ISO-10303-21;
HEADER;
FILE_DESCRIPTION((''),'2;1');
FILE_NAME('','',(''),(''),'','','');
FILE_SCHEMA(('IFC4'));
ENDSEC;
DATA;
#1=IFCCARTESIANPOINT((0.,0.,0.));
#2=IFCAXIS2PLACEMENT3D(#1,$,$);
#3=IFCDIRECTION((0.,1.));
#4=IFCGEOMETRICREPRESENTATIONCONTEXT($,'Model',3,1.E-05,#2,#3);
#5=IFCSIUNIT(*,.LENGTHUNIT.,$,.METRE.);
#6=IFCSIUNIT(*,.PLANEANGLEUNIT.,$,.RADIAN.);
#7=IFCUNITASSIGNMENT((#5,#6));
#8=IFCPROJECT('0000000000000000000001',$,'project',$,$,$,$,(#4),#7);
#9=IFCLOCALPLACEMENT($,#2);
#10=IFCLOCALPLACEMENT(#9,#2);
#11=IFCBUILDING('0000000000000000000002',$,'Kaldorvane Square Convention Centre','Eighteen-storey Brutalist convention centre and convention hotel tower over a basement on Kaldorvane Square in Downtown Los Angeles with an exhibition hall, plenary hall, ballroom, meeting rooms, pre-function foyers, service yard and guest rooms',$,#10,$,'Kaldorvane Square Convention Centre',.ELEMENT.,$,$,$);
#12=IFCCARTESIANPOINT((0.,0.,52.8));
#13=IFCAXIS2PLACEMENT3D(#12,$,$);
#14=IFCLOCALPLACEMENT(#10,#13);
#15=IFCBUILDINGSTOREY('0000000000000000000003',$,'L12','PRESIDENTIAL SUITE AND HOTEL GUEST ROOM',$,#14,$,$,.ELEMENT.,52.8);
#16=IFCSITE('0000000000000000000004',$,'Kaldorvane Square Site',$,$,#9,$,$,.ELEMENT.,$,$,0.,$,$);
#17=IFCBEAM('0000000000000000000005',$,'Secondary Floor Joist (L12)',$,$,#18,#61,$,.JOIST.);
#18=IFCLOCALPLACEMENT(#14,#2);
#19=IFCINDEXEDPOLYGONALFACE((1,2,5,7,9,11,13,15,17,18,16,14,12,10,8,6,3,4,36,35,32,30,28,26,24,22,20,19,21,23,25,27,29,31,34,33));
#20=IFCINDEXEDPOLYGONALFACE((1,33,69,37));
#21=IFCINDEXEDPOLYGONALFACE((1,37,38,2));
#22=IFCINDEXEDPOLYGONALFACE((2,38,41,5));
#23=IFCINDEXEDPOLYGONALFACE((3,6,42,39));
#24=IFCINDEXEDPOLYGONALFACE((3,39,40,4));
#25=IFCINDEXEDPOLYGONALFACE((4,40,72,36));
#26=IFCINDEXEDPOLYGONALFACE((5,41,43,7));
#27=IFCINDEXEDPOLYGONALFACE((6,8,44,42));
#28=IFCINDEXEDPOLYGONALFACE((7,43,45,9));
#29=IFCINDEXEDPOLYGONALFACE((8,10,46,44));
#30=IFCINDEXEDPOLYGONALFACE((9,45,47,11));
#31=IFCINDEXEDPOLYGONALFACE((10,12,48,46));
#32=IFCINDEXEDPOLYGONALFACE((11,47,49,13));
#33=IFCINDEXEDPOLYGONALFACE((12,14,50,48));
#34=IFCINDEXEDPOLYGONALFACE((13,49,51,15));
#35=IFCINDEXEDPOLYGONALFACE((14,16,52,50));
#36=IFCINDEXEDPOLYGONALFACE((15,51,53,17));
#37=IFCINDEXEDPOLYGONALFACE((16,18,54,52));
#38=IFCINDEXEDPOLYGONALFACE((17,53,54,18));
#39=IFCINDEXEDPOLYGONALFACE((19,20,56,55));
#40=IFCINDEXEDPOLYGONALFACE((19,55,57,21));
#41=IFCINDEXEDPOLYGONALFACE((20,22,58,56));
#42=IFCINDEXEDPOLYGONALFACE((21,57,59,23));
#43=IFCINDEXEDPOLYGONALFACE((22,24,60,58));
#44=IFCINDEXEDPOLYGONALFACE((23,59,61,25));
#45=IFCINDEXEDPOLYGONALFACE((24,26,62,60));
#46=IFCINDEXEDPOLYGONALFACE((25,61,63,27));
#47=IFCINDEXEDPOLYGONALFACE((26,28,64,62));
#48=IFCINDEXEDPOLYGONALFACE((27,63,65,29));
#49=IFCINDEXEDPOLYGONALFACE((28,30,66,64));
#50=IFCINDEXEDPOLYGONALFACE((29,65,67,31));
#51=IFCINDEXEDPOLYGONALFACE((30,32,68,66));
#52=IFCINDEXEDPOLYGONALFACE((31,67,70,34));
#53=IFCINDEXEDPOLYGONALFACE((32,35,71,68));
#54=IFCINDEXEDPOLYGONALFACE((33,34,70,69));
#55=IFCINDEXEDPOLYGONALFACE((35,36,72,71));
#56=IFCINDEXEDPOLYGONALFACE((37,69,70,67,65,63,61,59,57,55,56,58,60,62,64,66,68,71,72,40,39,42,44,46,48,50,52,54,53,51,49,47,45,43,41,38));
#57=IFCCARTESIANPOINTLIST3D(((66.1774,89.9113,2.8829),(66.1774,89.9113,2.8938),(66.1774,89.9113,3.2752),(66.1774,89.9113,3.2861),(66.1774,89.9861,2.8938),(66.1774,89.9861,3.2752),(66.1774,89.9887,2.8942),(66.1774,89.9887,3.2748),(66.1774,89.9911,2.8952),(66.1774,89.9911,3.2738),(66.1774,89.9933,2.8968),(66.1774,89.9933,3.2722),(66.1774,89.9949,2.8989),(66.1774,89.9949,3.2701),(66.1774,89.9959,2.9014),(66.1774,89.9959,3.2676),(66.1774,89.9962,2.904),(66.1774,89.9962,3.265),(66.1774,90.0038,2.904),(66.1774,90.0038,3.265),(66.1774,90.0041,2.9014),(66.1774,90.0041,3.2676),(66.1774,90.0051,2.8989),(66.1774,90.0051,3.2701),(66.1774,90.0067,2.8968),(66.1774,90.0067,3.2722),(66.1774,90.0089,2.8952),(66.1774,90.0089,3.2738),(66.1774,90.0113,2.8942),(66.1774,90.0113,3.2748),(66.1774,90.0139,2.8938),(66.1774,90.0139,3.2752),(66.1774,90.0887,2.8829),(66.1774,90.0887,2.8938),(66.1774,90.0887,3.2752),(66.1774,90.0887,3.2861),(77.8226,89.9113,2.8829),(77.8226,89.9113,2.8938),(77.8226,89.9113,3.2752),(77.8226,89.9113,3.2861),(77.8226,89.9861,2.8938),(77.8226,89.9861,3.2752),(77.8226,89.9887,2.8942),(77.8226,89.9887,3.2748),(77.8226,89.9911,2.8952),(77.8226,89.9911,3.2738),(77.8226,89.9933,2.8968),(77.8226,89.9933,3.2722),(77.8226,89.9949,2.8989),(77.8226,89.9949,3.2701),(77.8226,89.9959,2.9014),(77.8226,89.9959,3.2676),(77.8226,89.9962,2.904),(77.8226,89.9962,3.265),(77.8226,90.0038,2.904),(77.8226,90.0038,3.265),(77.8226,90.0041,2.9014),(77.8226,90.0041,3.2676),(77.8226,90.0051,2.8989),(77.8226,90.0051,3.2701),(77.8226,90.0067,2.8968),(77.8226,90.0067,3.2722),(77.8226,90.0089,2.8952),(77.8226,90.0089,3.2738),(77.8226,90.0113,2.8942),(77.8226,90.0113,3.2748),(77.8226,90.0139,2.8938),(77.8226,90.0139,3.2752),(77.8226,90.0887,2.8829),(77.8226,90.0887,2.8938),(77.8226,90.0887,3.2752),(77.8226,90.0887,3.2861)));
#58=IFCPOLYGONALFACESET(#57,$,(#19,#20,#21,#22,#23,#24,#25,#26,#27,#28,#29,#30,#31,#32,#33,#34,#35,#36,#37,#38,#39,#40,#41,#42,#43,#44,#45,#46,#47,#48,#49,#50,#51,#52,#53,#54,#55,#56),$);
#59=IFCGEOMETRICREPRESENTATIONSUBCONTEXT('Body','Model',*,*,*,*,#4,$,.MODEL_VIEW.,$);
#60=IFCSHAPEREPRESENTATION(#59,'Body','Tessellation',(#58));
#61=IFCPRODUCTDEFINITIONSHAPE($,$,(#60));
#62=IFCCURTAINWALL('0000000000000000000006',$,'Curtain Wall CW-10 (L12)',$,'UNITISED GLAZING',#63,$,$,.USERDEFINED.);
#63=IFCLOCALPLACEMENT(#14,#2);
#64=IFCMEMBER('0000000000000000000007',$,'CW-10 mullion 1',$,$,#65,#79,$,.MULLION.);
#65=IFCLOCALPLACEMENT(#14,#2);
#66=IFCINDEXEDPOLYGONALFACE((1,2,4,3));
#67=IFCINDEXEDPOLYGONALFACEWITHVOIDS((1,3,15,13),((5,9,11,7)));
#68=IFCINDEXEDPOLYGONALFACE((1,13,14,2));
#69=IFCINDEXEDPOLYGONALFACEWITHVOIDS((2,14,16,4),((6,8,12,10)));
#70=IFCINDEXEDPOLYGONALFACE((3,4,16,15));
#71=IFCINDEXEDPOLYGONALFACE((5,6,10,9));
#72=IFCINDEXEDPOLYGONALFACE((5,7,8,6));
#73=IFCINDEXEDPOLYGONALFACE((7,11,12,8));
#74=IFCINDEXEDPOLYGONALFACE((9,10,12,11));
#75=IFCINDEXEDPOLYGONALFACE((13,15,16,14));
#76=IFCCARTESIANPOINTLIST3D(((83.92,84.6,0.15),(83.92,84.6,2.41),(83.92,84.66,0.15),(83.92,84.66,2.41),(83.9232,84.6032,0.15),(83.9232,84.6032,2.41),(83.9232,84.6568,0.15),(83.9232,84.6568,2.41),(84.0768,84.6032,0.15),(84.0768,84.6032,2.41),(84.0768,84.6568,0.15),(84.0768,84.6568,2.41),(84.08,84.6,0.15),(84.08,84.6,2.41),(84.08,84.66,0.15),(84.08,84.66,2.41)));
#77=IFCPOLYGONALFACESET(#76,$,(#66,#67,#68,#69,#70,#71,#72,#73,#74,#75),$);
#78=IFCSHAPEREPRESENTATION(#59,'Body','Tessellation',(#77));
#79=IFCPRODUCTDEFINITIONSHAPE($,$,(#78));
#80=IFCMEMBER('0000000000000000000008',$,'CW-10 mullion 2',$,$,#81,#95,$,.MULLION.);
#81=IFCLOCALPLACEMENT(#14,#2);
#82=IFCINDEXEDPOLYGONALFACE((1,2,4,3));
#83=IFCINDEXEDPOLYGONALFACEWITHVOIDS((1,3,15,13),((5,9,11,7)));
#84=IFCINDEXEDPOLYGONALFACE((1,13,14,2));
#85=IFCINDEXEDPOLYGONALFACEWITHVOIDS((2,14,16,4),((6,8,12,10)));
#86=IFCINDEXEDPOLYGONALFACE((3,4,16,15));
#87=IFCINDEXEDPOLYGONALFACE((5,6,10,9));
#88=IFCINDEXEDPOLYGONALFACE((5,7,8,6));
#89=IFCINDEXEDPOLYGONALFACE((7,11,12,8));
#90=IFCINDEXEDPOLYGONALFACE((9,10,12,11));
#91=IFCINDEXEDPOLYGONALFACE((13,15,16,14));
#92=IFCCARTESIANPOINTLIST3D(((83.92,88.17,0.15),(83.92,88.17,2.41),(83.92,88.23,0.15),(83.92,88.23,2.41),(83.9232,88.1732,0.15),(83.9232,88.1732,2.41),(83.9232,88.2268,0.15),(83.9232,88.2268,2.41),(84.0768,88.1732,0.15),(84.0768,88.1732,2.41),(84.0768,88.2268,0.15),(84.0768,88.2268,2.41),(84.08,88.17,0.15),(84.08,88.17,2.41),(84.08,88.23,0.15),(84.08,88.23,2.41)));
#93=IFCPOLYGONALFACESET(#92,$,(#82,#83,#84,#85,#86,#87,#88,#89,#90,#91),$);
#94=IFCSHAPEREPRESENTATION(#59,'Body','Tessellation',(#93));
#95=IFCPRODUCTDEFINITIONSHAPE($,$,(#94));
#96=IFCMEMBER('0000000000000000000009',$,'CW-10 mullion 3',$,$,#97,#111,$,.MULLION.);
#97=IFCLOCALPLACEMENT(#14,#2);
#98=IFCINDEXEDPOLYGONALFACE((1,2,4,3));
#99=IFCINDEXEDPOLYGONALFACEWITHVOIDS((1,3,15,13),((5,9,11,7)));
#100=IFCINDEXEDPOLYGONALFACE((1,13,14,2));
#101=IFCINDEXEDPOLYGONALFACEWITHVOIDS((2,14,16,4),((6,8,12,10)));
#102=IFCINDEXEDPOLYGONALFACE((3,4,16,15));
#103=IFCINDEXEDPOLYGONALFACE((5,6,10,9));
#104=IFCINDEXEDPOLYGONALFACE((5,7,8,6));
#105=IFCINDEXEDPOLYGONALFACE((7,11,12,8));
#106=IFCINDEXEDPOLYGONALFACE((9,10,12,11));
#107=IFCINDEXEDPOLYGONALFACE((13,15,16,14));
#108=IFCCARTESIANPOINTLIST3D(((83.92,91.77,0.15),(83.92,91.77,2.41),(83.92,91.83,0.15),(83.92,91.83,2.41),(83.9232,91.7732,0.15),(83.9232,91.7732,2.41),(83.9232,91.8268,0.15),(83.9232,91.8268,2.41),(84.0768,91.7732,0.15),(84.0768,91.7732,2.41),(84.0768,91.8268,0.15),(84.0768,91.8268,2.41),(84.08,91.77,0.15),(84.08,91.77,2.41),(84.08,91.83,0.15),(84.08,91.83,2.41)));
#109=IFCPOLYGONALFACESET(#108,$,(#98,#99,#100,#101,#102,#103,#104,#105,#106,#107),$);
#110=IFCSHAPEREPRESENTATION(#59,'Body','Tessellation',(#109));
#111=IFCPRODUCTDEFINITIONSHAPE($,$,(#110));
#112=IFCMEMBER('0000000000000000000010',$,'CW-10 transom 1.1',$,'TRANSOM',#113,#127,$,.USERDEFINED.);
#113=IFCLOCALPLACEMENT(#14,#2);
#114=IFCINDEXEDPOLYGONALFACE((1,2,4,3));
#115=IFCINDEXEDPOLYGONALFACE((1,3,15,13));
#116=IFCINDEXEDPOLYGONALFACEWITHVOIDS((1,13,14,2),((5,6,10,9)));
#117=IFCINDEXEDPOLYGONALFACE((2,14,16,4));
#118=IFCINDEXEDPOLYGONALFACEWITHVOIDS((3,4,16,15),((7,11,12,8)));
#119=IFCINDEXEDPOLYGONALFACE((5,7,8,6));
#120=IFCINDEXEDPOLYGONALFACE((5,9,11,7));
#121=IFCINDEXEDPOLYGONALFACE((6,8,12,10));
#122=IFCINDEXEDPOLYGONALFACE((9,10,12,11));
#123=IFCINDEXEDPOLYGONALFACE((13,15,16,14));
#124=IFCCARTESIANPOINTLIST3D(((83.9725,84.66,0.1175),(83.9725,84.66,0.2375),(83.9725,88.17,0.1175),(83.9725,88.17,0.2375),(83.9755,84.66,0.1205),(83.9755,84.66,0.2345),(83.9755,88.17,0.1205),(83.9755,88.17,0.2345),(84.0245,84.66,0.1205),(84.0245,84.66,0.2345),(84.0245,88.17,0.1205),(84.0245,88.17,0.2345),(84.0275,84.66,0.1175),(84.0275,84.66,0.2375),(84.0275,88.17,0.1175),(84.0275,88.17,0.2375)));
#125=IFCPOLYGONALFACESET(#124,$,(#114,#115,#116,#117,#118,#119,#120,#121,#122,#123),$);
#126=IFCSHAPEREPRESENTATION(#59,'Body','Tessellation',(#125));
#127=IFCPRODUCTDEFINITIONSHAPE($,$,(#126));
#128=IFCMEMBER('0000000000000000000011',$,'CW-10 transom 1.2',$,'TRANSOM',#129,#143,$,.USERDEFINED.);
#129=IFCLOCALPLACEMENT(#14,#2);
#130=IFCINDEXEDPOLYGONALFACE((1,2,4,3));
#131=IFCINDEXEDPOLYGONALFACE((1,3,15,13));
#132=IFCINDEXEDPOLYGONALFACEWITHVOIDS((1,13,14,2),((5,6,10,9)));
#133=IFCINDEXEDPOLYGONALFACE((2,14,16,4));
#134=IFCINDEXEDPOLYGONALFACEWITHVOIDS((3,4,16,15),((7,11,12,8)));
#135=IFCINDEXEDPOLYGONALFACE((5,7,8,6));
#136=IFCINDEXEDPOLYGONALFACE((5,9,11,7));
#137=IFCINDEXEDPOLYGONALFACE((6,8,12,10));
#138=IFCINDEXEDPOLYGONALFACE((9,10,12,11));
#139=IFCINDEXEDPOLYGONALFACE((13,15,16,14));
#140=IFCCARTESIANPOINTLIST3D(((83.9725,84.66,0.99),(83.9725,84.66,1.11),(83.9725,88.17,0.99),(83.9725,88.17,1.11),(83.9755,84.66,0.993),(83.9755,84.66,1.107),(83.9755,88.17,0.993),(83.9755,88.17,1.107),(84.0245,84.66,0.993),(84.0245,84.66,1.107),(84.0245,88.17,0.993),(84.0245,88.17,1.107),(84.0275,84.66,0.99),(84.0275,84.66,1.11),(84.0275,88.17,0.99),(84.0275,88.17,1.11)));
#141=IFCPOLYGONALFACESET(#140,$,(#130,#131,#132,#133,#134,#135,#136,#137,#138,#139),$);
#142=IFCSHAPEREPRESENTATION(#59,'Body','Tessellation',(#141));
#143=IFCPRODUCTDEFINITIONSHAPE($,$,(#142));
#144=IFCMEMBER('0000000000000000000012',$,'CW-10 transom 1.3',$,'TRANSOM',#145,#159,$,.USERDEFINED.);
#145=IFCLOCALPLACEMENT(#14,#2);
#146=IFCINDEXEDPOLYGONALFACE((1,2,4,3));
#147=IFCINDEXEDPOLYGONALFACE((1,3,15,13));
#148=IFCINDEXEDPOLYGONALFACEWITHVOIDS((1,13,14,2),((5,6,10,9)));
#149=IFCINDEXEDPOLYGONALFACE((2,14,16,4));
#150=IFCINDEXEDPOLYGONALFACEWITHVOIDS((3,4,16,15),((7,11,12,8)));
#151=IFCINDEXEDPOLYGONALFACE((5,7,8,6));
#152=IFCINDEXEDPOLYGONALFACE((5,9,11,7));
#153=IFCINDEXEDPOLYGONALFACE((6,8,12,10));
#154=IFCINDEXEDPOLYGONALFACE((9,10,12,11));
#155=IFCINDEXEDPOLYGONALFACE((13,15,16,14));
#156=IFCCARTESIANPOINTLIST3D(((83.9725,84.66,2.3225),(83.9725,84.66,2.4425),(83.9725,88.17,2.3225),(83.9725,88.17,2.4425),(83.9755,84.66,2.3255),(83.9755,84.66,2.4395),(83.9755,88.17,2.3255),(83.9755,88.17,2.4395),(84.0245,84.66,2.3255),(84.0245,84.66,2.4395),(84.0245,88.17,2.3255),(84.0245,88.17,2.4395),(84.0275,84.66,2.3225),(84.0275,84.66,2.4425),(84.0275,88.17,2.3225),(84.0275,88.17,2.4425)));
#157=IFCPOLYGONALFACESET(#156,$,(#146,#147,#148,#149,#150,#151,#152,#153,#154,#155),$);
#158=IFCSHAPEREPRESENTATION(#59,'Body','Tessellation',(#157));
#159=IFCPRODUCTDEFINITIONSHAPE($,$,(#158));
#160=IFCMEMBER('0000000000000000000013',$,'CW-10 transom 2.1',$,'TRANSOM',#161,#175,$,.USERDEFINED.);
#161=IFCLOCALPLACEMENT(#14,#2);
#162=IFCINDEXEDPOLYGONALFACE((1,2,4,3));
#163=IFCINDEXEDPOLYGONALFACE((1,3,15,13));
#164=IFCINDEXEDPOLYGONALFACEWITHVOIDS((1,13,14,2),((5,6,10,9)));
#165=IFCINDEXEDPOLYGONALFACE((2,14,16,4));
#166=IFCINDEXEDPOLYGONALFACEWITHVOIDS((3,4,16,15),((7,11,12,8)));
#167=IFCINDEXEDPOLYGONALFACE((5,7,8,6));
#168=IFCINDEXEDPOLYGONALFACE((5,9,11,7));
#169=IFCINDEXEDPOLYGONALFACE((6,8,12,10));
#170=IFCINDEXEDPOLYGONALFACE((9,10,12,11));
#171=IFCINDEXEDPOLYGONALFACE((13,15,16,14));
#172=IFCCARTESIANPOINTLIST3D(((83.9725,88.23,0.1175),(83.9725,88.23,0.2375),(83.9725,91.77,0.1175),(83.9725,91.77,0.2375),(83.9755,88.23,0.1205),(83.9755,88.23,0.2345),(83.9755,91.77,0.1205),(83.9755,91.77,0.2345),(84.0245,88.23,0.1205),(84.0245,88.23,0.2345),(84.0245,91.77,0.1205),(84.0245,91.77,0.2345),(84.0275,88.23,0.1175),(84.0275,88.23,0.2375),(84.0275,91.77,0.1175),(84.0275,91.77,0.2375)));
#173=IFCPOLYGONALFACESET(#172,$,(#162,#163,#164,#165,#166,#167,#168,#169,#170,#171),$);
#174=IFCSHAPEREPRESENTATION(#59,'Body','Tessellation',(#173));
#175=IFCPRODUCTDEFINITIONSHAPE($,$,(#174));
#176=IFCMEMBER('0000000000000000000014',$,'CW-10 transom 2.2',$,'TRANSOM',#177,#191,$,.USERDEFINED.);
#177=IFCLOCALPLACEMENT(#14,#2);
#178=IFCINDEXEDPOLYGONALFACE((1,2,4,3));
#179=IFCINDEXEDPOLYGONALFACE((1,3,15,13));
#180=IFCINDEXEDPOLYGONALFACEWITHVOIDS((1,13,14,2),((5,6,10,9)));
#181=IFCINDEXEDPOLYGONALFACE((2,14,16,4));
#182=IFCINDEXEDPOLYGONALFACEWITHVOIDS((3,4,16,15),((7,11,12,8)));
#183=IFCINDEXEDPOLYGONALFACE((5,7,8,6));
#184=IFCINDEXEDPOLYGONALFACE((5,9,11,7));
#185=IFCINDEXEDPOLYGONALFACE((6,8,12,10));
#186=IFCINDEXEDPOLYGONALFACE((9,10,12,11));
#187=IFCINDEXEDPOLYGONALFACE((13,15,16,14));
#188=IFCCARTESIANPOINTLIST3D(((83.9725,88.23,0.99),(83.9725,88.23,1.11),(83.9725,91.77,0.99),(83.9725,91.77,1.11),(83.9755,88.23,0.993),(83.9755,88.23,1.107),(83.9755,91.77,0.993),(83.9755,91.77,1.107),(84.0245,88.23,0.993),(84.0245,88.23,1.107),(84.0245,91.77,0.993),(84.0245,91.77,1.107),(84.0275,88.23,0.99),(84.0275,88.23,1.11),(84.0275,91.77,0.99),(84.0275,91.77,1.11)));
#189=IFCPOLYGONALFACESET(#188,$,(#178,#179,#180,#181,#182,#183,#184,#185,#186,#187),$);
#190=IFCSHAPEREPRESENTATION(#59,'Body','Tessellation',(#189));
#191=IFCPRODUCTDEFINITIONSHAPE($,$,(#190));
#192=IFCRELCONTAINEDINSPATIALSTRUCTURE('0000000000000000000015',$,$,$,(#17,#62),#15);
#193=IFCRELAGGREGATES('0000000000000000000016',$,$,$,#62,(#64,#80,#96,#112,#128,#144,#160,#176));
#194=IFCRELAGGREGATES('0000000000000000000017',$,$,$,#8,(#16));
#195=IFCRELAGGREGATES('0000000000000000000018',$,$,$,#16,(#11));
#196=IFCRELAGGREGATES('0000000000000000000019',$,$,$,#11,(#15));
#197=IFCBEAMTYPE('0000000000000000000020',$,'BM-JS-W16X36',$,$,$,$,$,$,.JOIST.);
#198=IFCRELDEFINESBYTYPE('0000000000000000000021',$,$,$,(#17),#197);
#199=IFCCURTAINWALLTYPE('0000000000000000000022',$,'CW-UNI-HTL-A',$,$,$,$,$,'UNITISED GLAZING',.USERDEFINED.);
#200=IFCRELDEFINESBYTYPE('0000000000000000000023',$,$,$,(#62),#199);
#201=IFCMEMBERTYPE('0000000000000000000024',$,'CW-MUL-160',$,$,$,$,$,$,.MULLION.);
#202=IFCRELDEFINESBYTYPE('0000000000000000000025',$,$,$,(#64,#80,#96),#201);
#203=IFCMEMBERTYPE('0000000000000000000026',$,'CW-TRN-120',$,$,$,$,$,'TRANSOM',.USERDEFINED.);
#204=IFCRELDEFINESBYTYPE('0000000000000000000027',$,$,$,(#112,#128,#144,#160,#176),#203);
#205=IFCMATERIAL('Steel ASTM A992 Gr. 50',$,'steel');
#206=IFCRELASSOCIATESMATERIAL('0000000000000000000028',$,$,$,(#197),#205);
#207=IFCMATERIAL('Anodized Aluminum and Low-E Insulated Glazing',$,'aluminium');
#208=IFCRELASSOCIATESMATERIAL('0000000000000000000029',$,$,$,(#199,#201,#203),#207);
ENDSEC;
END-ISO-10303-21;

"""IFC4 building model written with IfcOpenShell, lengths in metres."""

from ifc_helpers import new_model, si_unit, direction, frame, origin, origin_2d, place, context, subcontext, project, spatial, hollow_rectangle, i_section, extrude, material, material_profile, profile_set, type_object, element, aggregate, save


model = new_model("IFC4")

# Units and contexts
model_context = context("Model", 3, precision=1e-05, world=origin(), true_north=direction((0.0, 1.0)))
body_context = subcontext(model_context, "Body", "Model", "MODEL_VIEW")
ifc_project = project(units=[si_unit("LENGTHUNIT", "METRE"), si_unit("PLANEANGLEUNIT", "RADIAN")], contexts=[model_context])

# Site, building, storey
site_placement = place(None, origin())
site = spatial("IfcSite", under=ifc_project, at=site_placement, Name="Kaldorvane Square Site", CompositionType="ELEMENT", RefElevation=0.0)
building_placement = place(site_placement, origin())
building = spatial("IfcBuilding", under=site, at=building_placement, Name="Kaldorvane Square Convention Centre", Description="Eighteen-storey Brutalist convention centre and convention hotel tower over a basement on Kaldorvane Square in Downtown Los Angeles with an exhibition hall, plenary hall, ballroom, meeting rooms, pre-function foyers, service yard and guest rooms", LongName="Kaldorvane Square Convention Centre", CompositionType="ELEMENT")
storey_placement = place(building_placement, frame((0.0, 0.0, 52.8)))
storey = spatial("IfcBuildingStorey", under=building, at=storey_placement, Name="L12", Description="PRESIDENTIAL SUITE AND HOTEL GUEST ROOM", CompositionType="ELEMENT", Elevation=52.8)

# Beam
ifc_material_1 = material(Name="Steel ASTM A992 Gr. 50", Category="steel")
ifc_material_profile_1 = material_profile(ifc_material_1, i_section(OverallWidth=0.1774, OverallDepth=0.4031, WebThickness=0.0075, FlangeThickness=0.0109, FilletRadius=0.0102, at=origin_2d()), Name="W16X36")
ifc_profile_set_1 = profile_set([ifc_material_profile_1], Name="Steel ASTM A992 Gr. 50")
beam_type = type_object("IfcBeamType", Name="BM-JS-W16X36", PredefinedType="JOIST", material=ifc_profile_set_1)
beam_placement = place(storey_placement, frame((66.1774, 90.0, 3.0845), z_axis=(1.0, 0.0, 0.0), x_axis=(0.0, 1.0, 0.0)))
element("IfcBeam", 1, at=beam_placement, inside=storey, type_object=beam_type, Name="Secondary Floor Joist (L12)", PredefinedType="JOIST", context=body_context, shape_type="SweptSolid", body=[
    extrude(i_section(OverallWidth=0.1774, OverallDepth=0.4031, WebThickness=0.0075, FlangeThickness=0.0109, FilletRadius=0.0102, at=origin_2d()), origin(), (0.0, 0.0, 1.0), 11.6452),
])

# Curtain wall, members
ifc_material_2 = material(Name="Anodized Aluminum and Low-E Insulated Glazing", Category="aluminium")
curtain_wall_type = type_object("IfcCurtainWallType", Name="CW-UNI-HTL-A", ElementType="UNITISED GLAZING", PredefinedType="USERDEFINED", material=ifc_material_2)
curtain_wall_placement = place(storey_placement, origin())
curtain_wall = element("IfcCurtainWall", 2, at=curtain_wall_placement, inside=storey, type_object=curtain_wall_type, Name="Curtain Wall CW-10 (L12)", ObjectType="UNITISED GLAZING", PredefinedType="USERDEFINED")
ifc_material_profile_2 = material_profile(ifc_material_2, hollow_rectangle(XDim=0.06, YDim=0.16, WallThickness=0.0032, at=origin_2d()), Name="CWM-160X60")
ifc_profile_set_2 = profile_set([ifc_material_profile_2], Name="Anodized Aluminum and Low-E Insulated Glazing")
member_type_1 = type_object("IfcMemberType", Name="CW-MUL-160", PredefinedType="MULLION", material=ifc_profile_set_2)
member_1_placement = place(storey_placement, frame((84.0, 84.63, 0.15), z_axis=(0.0, 0.0, 1.0), x_axis=(0.0, 1.0, 0.0)))
member_1 = element("IfcMember", 3, at=member_1_placement, type_object=member_type_1, Name="CW-10 mullion 1", PredefinedType="MULLION", context=body_context, shape_type="SweptSolid", body=[
    extrude(hollow_rectangle(XDim=0.06, YDim=0.16, WallThickness=0.0032, at=origin_2d()), origin(), (0.0, 0.0, 1.0), 2.26),
])
member_2_placement = place(storey_placement, frame((84.0, 88.2, 0.15), z_axis=(0.0, 0.0, 1.0), x_axis=(0.0, 1.0, 0.0)))
member_2 = element("IfcMember", 4, at=member_2_placement, type_object=member_type_1, Name="CW-10 mullion 2", PredefinedType="MULLION", context=body_context, shape_type="SweptSolid", body=[
    extrude(hollow_rectangle(XDim=0.06, YDim=0.16, WallThickness=0.0032, at=origin_2d()), origin(), (0.0, 0.0, 1.0), 2.26),
])
member_3_placement = place(storey_placement, frame((84.0, 91.8, 0.15), z_axis=(0.0, 0.0, 1.0), x_axis=(0.0, 1.0, 0.0)))
member_3 = element("IfcMember", 5, at=member_3_placement, type_object=member_type_1, Name="CW-10 mullion 3", PredefinedType="MULLION", context=body_context, shape_type="SweptSolid", body=[
    extrude(hollow_rectangle(XDim=0.06, YDim=0.16, WallThickness=0.0032, at=origin_2d()), origin(), (0.0, 0.0, 1.0), 2.26),
])
ifc_material_profile_3 = material_profile(ifc_material_2, hollow_rectangle(XDim=0.055, YDim=0.12, WallThickness=0.003, at=origin_2d()), Name="CWT-120X55")
ifc_profile_set_3 = profile_set([ifc_material_profile_3], Name="Anodized Aluminum and Low-E Insulated Glazing")
member_type_2 = type_object("IfcMemberType", Name="CW-TRN-120", ElementType="TRANSOM", PredefinedType="USERDEFINED", material=ifc_profile_set_3)
member_4_placement = place(storey_placement, frame((84.0, 84.66, 0.1775), z_axis=(0.0, 1.0, 0.0), x_axis=(-1.0, 0.0, 0.0)))
member_4 = element("IfcMember", 6, at=member_4_placement, type_object=member_type_2, Name="CW-10 transom 1.1", ObjectType="TRANSOM", PredefinedType="USERDEFINED", context=body_context, shape_type="SweptSolid", body=[
    extrude(hollow_rectangle(XDim=0.055, YDim=0.12, WallThickness=0.003, at=origin_2d()), origin(), (0.0, 0.0, 1.0), 3.51),
])
member_5_placement = place(storey_placement, frame((84.0, 84.66, 1.05), z_axis=(0.0, 1.0, 0.0), x_axis=(-1.0, 0.0, 0.0)))
member_5 = element("IfcMember", 7, at=member_5_placement, type_object=member_type_2, Name="CW-10 transom 1.2", ObjectType="TRANSOM", PredefinedType="USERDEFINED", context=body_context, shape_type="SweptSolid", body=[
    extrude(hollow_rectangle(XDim=0.055, YDim=0.12, WallThickness=0.003, at=origin_2d()), origin(), (0.0, 0.0, 1.0), 3.51),
])
member_6_placement = place(storey_placement, frame((84.0, 84.66, 2.3825), z_axis=(0.0, 1.0, 0.0), x_axis=(-1.0, 0.0, 0.0)))
member_6 = element("IfcMember", 8, at=member_6_placement, type_object=member_type_2, Name="CW-10 transom 1.3", ObjectType="TRANSOM", PredefinedType="USERDEFINED", context=body_context, shape_type="SweptSolid", body=[
    extrude(hollow_rectangle(XDim=0.055, YDim=0.12, WallThickness=0.003, at=origin_2d()), origin(), (0.0, 0.0, 1.0), 3.51),
])
member_7_placement = place(storey_placement, frame((84.0, 88.23, 0.1775), z_axis=(0.0, 1.0, 0.0), x_axis=(-1.0, 0.0, 0.0)))
member_7 = element("IfcMember", 9, at=member_7_placement, type_object=member_type_2, Name="CW-10 transom 2.1", ObjectType="TRANSOM", PredefinedType="USERDEFINED", context=body_context, shape_type="SweptSolid", body=[
    extrude(hollow_rectangle(XDim=0.055, YDim=0.12, WallThickness=0.003, at=origin_2d()), origin(), (0.0, 0.0, 1.0), 3.54),
])
member_8_placement = place(storey_placement, frame((84.0, 88.23, 1.05), z_axis=(0.0, 1.0, 0.0), x_axis=(-1.0, 0.0, 0.0)))
member_8 = element("IfcMember", 10, at=member_8_placement, type_object=member_type_2, Name="CW-10 transom 2.2", ObjectType="TRANSOM", PredefinedType="USERDEFINED", context=body_context, shape_type="SweptSolid", body=[
    extrude(hollow_rectangle(XDim=0.055, YDim=0.12, WallThickness=0.003, at=origin_2d()), origin(), (0.0, 0.0, 1.0), 3.54),
])
aggregate(curtain_wall, [member_1, member_2, member_3, member_4, member_5, member_6, member_7, member_8])

save(model, "model.ifc")
